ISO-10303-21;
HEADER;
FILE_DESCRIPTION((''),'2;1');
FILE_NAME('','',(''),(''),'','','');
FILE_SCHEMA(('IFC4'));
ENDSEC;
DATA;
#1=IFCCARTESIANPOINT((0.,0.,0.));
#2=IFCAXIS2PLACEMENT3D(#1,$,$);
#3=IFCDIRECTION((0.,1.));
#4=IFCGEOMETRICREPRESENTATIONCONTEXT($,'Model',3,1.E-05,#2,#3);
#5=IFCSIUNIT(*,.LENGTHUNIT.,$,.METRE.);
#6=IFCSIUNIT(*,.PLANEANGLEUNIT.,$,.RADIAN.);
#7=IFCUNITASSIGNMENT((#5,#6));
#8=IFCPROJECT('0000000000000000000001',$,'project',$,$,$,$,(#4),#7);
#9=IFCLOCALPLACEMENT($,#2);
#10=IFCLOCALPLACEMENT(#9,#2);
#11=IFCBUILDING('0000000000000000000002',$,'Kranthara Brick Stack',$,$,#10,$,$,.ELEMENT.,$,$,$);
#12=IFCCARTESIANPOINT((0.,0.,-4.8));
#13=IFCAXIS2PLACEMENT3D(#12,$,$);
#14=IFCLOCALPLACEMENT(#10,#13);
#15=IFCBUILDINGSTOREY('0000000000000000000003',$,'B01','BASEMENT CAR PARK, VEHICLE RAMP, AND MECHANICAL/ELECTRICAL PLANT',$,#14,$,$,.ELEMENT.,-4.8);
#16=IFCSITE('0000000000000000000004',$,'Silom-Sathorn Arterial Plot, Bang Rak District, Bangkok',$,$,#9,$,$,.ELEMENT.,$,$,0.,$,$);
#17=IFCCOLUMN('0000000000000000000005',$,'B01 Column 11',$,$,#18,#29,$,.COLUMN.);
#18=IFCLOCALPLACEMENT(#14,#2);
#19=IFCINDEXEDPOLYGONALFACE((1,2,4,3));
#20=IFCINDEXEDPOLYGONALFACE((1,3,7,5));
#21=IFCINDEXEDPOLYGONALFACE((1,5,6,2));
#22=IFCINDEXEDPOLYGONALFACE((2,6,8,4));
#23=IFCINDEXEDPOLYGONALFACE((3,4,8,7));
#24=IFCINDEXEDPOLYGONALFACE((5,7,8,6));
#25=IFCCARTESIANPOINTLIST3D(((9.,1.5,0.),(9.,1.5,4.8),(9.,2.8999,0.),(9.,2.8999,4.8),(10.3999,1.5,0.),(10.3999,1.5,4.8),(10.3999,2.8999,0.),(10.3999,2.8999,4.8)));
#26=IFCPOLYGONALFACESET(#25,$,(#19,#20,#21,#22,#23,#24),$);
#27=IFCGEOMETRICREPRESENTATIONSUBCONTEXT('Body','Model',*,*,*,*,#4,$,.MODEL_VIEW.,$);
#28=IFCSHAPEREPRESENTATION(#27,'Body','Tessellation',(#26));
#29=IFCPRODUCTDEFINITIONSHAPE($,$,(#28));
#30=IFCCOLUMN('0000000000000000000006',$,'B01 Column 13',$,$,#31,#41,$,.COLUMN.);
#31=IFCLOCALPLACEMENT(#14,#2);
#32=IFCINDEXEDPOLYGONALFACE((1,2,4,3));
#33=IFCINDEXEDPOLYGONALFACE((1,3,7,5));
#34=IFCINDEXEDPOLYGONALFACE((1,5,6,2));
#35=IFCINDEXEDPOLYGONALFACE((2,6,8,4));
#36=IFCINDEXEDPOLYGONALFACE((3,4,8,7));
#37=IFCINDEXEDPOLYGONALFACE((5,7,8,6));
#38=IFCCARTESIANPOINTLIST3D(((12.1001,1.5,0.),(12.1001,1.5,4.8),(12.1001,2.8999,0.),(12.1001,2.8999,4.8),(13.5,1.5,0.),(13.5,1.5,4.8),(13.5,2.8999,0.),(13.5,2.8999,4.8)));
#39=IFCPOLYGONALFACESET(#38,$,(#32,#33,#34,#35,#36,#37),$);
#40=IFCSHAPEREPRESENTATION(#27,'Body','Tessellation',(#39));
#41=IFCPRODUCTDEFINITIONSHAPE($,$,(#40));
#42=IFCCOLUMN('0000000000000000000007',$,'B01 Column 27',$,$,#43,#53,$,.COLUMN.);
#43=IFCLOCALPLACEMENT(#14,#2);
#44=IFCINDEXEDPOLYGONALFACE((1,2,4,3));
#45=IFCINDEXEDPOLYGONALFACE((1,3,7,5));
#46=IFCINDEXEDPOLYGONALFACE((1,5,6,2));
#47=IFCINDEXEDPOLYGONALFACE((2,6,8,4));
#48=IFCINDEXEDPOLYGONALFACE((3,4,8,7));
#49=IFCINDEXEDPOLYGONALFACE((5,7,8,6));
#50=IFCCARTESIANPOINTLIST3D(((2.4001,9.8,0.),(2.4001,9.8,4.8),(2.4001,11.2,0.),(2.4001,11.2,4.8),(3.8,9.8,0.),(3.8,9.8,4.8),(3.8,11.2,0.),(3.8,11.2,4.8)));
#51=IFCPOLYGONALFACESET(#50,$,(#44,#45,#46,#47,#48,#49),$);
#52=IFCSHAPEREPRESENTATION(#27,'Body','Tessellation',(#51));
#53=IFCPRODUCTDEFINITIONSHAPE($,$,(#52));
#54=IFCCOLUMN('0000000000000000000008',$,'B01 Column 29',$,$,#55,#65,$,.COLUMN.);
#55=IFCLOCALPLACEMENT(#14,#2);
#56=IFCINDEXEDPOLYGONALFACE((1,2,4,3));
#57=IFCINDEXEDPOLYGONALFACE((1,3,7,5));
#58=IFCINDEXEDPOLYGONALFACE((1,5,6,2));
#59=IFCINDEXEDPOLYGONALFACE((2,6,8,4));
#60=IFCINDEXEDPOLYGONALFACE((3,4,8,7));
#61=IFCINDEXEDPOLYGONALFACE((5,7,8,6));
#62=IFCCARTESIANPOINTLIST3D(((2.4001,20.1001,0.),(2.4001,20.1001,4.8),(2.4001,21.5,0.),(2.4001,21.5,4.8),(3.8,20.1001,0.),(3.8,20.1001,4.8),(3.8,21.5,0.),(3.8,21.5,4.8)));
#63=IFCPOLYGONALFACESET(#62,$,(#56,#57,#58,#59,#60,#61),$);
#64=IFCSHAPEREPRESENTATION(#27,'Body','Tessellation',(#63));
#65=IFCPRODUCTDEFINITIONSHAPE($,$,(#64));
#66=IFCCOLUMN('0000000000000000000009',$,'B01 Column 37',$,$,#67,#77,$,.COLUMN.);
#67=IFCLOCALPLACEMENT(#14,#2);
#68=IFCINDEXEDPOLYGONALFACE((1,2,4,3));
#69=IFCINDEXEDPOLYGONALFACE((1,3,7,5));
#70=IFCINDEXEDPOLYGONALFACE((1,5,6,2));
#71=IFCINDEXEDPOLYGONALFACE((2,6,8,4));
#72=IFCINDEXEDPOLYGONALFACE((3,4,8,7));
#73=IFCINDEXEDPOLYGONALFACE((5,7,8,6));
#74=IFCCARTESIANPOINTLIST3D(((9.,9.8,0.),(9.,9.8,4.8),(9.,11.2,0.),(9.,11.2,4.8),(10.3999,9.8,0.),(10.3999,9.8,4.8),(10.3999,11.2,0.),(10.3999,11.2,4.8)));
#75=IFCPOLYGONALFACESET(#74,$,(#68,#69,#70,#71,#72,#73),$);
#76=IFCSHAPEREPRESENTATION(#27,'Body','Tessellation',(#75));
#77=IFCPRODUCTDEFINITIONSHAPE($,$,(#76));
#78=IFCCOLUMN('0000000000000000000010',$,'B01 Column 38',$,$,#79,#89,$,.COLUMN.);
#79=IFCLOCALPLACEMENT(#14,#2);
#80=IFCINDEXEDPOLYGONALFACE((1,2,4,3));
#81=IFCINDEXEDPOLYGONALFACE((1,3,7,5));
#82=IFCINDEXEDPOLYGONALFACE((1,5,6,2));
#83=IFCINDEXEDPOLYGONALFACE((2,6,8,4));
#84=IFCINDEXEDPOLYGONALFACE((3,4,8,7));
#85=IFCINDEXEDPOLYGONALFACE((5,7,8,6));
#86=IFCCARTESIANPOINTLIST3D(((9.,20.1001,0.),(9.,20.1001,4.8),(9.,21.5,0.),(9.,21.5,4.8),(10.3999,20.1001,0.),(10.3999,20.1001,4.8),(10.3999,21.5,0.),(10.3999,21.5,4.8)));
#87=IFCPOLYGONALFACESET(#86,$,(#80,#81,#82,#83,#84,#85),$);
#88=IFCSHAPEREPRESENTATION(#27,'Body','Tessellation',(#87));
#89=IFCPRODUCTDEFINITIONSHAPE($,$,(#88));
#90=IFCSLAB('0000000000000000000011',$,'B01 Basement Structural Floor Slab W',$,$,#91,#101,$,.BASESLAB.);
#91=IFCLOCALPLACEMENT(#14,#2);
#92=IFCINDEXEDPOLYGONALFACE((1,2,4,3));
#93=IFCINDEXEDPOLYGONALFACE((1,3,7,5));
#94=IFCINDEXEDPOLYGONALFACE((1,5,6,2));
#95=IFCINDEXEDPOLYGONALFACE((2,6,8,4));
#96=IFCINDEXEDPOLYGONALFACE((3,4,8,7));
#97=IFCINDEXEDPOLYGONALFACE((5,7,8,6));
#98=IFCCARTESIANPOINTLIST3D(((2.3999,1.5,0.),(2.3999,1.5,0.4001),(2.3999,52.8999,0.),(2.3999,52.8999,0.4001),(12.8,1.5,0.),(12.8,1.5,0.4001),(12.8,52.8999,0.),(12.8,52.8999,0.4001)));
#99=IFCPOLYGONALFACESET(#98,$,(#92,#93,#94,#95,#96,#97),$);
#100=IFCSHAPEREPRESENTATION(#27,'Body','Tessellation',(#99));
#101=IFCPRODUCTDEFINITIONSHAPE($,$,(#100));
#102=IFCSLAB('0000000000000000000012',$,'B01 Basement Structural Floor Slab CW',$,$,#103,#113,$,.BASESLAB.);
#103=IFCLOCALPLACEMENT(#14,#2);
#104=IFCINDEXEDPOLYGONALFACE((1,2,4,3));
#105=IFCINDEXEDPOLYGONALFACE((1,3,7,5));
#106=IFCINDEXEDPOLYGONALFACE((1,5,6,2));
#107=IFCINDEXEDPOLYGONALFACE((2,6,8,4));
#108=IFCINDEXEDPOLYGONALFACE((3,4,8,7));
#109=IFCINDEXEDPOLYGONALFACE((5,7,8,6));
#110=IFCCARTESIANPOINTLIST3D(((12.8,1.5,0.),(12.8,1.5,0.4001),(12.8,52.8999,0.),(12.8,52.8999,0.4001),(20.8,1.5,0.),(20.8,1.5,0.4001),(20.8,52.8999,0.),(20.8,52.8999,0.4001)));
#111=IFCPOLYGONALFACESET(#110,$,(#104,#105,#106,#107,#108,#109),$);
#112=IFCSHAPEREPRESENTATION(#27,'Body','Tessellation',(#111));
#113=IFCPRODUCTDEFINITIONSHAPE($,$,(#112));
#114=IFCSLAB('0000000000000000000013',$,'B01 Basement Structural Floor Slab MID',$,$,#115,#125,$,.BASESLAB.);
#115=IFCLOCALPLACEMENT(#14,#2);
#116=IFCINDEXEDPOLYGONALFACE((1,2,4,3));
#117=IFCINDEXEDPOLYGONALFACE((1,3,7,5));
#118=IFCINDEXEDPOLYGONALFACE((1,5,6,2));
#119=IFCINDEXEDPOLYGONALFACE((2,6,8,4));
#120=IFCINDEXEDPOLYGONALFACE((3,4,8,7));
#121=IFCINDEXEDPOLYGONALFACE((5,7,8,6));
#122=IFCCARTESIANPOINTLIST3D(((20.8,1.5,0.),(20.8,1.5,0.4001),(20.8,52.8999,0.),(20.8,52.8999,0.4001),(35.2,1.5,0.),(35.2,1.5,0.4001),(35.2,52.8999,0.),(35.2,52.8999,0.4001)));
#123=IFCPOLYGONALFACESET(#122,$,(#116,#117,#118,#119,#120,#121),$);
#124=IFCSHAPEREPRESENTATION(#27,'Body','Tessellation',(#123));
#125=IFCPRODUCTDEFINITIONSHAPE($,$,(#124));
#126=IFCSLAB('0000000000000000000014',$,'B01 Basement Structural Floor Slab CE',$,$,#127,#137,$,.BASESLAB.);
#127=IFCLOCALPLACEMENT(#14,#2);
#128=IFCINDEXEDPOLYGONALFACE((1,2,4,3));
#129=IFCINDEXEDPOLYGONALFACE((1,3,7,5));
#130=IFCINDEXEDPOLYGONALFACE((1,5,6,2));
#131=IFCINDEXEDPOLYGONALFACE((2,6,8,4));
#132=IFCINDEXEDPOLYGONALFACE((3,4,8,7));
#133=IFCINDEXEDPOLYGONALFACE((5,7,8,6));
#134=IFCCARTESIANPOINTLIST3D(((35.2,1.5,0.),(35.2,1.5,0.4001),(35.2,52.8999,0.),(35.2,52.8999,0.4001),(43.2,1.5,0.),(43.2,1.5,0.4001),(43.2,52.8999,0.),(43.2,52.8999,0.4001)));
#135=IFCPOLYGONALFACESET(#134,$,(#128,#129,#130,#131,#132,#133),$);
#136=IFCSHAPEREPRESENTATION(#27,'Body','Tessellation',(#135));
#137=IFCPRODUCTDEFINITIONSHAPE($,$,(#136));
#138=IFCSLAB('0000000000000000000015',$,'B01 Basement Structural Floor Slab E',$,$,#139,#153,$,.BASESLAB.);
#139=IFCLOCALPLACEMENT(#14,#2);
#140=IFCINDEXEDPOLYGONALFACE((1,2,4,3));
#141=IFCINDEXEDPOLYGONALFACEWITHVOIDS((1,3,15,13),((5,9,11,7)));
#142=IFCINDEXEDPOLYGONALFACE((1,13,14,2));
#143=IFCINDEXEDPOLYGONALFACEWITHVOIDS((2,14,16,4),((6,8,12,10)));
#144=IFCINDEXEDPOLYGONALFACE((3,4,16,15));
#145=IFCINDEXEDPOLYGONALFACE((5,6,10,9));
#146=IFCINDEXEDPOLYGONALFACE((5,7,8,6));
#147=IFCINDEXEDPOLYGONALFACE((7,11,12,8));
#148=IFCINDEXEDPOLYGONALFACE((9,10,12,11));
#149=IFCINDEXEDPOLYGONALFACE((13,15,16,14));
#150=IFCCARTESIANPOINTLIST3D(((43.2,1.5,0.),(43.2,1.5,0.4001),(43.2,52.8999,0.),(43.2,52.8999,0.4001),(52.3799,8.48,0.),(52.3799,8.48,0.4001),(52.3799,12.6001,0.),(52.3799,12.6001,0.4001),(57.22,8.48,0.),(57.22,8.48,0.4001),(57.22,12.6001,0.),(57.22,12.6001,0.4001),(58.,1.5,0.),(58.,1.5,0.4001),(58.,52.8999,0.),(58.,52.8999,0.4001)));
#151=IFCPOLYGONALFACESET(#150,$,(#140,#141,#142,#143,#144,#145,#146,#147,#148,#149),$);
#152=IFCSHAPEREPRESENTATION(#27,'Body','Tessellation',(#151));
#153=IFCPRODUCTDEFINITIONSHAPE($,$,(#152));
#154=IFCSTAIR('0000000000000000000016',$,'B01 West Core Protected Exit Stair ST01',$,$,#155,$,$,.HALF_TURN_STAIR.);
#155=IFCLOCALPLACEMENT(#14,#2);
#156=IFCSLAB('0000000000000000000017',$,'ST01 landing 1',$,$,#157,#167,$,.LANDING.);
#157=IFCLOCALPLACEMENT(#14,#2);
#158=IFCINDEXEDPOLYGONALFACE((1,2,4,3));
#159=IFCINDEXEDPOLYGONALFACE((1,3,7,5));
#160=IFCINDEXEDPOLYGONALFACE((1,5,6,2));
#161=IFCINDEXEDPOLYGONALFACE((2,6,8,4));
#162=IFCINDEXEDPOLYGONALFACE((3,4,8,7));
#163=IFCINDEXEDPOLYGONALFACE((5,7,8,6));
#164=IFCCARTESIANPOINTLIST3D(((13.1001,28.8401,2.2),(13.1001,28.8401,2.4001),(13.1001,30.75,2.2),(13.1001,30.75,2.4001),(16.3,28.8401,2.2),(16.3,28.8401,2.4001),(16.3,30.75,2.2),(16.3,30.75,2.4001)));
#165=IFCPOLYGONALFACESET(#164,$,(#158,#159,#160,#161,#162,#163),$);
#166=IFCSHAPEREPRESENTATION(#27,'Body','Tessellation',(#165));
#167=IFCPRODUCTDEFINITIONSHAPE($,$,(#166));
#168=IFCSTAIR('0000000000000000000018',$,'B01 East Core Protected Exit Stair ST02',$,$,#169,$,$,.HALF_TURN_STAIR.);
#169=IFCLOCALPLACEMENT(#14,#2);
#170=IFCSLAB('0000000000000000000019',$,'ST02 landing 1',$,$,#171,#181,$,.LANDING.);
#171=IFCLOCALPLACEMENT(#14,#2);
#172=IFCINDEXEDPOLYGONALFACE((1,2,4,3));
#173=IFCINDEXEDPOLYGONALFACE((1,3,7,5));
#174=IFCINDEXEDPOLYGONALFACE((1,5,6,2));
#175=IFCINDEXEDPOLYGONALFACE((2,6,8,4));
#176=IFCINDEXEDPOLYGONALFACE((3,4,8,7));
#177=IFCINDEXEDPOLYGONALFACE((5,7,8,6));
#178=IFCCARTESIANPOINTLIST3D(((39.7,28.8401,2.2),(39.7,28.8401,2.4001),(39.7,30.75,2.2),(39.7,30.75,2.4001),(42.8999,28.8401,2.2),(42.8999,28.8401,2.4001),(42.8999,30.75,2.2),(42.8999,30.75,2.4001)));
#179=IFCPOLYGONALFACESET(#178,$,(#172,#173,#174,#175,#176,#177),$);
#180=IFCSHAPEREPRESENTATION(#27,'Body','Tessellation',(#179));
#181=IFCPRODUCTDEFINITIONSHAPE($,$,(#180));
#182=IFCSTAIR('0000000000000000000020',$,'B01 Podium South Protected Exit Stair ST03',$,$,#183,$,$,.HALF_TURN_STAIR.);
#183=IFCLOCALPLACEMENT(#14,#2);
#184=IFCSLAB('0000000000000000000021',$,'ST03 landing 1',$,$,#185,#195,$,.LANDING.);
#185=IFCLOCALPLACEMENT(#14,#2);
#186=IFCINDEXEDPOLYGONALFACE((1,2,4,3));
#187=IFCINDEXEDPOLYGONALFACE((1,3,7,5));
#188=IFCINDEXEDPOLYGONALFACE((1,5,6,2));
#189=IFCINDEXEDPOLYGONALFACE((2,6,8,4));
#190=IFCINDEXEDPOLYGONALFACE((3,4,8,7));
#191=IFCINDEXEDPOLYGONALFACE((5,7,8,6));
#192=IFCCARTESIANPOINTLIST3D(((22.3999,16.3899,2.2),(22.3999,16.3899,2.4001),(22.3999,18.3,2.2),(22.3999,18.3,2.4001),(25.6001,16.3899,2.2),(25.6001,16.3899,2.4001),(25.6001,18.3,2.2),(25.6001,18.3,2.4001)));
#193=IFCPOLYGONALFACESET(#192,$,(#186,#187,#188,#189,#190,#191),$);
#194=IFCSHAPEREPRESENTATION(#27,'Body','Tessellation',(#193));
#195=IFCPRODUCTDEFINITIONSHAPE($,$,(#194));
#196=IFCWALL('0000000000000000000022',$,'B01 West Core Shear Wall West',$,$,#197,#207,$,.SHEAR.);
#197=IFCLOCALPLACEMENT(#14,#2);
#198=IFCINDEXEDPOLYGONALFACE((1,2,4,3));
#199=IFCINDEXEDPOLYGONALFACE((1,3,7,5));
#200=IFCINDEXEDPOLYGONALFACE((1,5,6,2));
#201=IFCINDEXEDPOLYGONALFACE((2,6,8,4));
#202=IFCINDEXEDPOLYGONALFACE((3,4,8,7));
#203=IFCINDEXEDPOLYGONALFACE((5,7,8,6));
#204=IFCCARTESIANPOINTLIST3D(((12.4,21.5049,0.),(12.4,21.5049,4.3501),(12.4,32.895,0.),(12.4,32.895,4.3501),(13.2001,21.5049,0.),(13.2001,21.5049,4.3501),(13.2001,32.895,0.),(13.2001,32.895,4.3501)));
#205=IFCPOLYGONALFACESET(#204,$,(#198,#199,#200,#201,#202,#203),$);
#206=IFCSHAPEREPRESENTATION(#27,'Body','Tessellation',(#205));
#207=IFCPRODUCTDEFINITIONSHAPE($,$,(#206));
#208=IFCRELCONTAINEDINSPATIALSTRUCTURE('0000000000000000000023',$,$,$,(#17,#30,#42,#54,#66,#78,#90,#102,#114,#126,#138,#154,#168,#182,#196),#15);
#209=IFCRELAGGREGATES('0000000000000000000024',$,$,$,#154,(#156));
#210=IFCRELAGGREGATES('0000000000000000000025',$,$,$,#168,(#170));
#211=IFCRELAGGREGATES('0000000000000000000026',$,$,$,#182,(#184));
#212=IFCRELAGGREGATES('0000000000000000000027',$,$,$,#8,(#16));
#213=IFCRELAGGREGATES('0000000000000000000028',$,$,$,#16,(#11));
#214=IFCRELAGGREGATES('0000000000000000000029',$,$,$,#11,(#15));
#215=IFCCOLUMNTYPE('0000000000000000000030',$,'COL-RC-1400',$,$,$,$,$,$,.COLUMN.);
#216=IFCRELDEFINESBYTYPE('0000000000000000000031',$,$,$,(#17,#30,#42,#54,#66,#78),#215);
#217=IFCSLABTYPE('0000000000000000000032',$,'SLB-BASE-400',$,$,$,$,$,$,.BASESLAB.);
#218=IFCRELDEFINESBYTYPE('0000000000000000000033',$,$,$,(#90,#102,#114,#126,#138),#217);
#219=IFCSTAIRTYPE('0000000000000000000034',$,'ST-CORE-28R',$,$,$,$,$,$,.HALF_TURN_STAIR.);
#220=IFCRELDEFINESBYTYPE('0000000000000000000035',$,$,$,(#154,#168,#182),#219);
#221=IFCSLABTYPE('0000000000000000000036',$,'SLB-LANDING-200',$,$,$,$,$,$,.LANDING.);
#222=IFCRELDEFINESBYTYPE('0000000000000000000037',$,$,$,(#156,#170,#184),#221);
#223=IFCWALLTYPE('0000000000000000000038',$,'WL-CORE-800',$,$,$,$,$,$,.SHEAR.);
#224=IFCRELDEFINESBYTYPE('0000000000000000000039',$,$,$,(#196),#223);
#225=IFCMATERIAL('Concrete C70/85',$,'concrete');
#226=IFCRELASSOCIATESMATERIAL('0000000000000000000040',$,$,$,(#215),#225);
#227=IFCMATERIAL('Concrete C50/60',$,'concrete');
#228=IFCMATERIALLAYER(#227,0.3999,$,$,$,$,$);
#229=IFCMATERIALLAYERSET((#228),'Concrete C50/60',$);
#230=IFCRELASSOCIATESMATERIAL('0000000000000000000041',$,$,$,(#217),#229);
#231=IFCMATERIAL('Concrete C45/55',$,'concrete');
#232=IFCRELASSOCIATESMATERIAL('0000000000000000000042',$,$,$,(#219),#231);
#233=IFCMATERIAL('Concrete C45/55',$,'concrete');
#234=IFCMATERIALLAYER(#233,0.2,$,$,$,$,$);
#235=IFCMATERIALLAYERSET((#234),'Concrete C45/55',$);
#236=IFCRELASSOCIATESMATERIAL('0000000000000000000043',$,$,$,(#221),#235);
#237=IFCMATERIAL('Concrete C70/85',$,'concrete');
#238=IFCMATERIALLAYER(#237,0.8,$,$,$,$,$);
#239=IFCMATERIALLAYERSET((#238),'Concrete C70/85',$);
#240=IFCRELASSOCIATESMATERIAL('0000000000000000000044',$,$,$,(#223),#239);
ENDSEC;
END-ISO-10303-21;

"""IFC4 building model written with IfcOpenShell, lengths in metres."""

from ifc_helpers import new_model, si_unit, direction, frame, frame_2d, origin, origin_2d, place, context, subcontext, project, spatial, polyline, rectangle, outline, extrude, material, layer, layer_set, material_profile, profile_set, type_object, element, aggregate, save


model = new_model("IFC4")

# Units and contexts
model_context = context("Model", 3, precision=1e-05, world=origin(), true_north=direction((0.0, 1.0)))
body_context = subcontext(model_context, "Body", "Model", "MODEL_VIEW")
ifc_project = project(units=[si_unit("LENGTHUNIT", "METRE"), si_unit("PLANEANGLEUNIT", "RADIAN")], contexts=[model_context])

# Site, building, storey
site_placement = place(None, origin())
site = spatial("IfcSite", under=ifc_project, at=site_placement, Name="Silom-Sathorn Arterial Plot, Bang Rak District, Bangkok", CompositionType="ELEMENT", RefElevation=0.0)
building_placement = place(site_placement, origin())
building = spatial("IfcBuilding", under=site, at=building_placement, Name="Kranthara Brick Stack", CompositionType="ELEMENT")
storey_placement = place(building_placement, frame((0.0, 0.0, -4.8)))
storey = spatial("IfcBuildingStorey", under=building, at=storey_placement, Name="B01", Description="BASEMENT CAR PARK, VEHICLE RAMP, AND MECHANICAL/ELECTRICAL PLANT", CompositionType="ELEMENT", Elevation=-4.8)

# Columns
ifc_material_1 = material(Name="Concrete C70/85", Category="concrete")
ifc_material_profile_1 = material_profile(ifc_material_1, rectangle(XDim=1.3999, YDim=1.3999, at=origin_2d()), Name="RC 1400x1400")
ifc_profile_set_1 = profile_set([ifc_material_profile_1], Name="Concrete C70/85")
column_type_1 = type_object("IfcColumnType", Name="COL-RC-1400", PredefinedType="COLUMN", material=ifc_profile_set_1)
for number, where, z_axis, x_axis, name in (
    (1, (9.7, 2.2, 0.0), (0.0, 0.0, 1.0), (1.0, 0.0, 0.0), "B01 Column 11"),
    (2, (12.8, 2.2, 0.0), (0.0, 0.0, 1.0), (1.0, 0.0, 0.0), "B01 Column 13"),
    (3, (3.1001, 10.5, 0.0), (0.0, 0.0, 1.0), (1.0, 0.0, 0.0), "B01 Column 27"),
    (4, (3.1001, 20.8, 0.0), (0.0, 0.0, 1.0), (1.0, 0.0, 0.0), "B01 Column 29"),
    (5, (9.7, 10.5, 0.0), (0.0, 0.0, 1.0), (1.0, 0.0, 0.0), "B01 Column 37"),
    (6, (9.7, 20.8, 0.0), (0.0, 0.0, 1.0), (1.0, 0.0, 0.0), "B01 Column 38"),
):
    element("IfcColumn", number, at=place(storey_placement, frame(where, z_axis=z_axis, x_axis=x_axis)), inside=storey, type_object=column_type_1, Name=name, PredefinedType="COLUMN", context=body_context, shape_type="SweptSolid", body=[
        extrude(rectangle(XDim=1.3999, YDim=1.3999, at=origin_2d()), origin(), (0.0, 0.0, 1.0), 4.8),
    ])

# Slabs
ifc_material_2 = material(Name="Concrete C50/60", Category="concrete")
ifc_layer_1 = layer(ifc_material_2, 0.3999)
ifc_layer_set_1 = layer_set([ifc_layer_1], Name="Concrete C50/60")
slab_type_1 = type_object("IfcSlabType", Name="SLB-BASE-400", PredefinedType="BASESLAB", material=ifc_layer_set_1)
slab_1_placement = place(storey_placement, origin())
element("IfcSlab", 7, at=slab_1_placement, inside=storey, type_object=slab_type_1, Name="B01 Basement Structural Floor Slab W", PredefinedType="BASESLAB", context=body_context, shape_type="SweptSolid", body=[
    extrude(outline(polyline([(2.3999, 1.5), (12.8, 1.5), (12.8, 52.8999), (2.3999, 52.8999), (2.3999, 1.5)])), origin(), (0.0, 0.0, 1.0), 0.4001),
])
slab_2_placement = place(storey_placement, origin())
element("IfcSlab", 8, at=slab_2_placement, inside=storey, type_object=slab_type_1, Name="B01 Basement Structural Floor Slab CW", PredefinedType="BASESLAB", context=body_context, shape_type="SweptSolid", body=[
    extrude(outline(polyline([(12.8, 1.5), (20.8, 1.5), (20.8, 52.8999), (12.8, 52.8999), (12.8, 1.5)])), origin(), (0.0, 0.0, 1.0), 0.4001),
])
slab_3_placement = place(storey_placement, origin())
element("IfcSlab", 9, at=slab_3_placement, inside=storey, type_object=slab_type_1, Name="B01 Basement Structural Floor Slab MID", PredefinedType="BASESLAB", context=body_context, shape_type="SweptSolid", body=[
    extrude(outline(polyline([(20.8, 1.5), (35.2, 1.5), (35.2, 52.8999), (20.8, 52.8999), (20.8, 1.5)])), origin(), (0.0, 0.0, 1.0), 0.4001),
])
slab_4_placement = place(storey_placement, origin())
element("IfcSlab", 10, at=slab_4_placement, inside=storey, type_object=slab_type_1, Name="B01 Basement Structural Floor Slab CE", PredefinedType="BASESLAB", context=body_context, shape_type="SweptSolid", body=[
    extrude(outline(polyline([(35.2, 1.5), (43.2, 1.5), (43.2, 52.8999), (35.2, 52.8999), (35.2, 1.5)])), origin(), (0.0, 0.0, 1.0), 0.4001),
])
slab_5_placement = place(storey_placement, origin())
element("IfcSlab", 11, at=slab_5_placement, inside=storey, type_object=slab_type_1, Name="B01 Basement Structural Floor Slab E", PredefinedType="BASESLAB", context=body_context, shape_type="SweptSolid", body=[
    extrude(outline(polyline([(43.2, 1.5), (58.0, 1.5), (58.0, 52.8999), (43.2, 52.8999), (43.2, 1.5)]), holes=[polyline([(52.3799, 8.48), (57.22, 8.48), (57.22, 12.6001), (52.3799, 12.6001), (52.3799, 8.48)])]), origin(), (0.0, 0.0, 1.0), 0.4001),
])

# Stairs, slabs
ifc_material_3 = material(Name="Concrete C45/55", Category="concrete")
stair_type = type_object("IfcStairType", Name="ST-CORE-28R", PredefinedType="HALF_TURN_STAIR", material=ifc_material_3)
stair_1_placement = place(storey_placement, origin())
stair_1 = element("IfcStair", 12, at=stair_1_placement, inside=storey, type_object=stair_type, Name="B01 West Core Protected Exit Stair ST01", PredefinedType="HALF_TURN_STAIR")
ifc_material_4 = material(Name="Concrete C45/55", Category="concrete")
ifc_layer_2 = layer(ifc_material_4, 0.2)
ifc_layer_set_2 = layer_set([ifc_layer_2], Name="Concrete C45/55")
slab_type_2 = type_object("IfcSlabType", Name="SLB-LANDING-200", PredefinedType="LANDING", material=ifc_layer_set_2)
slab_6_placement = place(storey_placement, frame((0.0, 0.0, 2.2)))
slab_6 = element("IfcSlab", 13, at=slab_6_placement, type_object=slab_type_2, Name="ST01 landing 1", PredefinedType="LANDING", context=body_context, shape_type="SweptSolid", body=[
    extrude(outline(polyline([(16.3, 28.8401), (16.3, 30.75), (13.1001, 30.75), (13.1001, 28.8401), (16.3, 28.8401)])), origin(), (0.0, 0.0, 1.0), 0.2002),
])
aggregate(stair_1, [slab_6])
stair_2_placement = place(storey_placement, origin())
stair_2 = element("IfcStair", 14, at=stair_2_placement, inside=storey, type_object=stair_type, Name="B01 East Core Protected Exit Stair ST02", PredefinedType="HALF_TURN_STAIR")
slab_7_placement = place(storey_placement, frame((0.0, 0.0, 2.2)))
slab_7 = element("IfcSlab", 15, at=slab_7_placement, type_object=slab_type_2, Name="ST02 landing 1", PredefinedType="LANDING", context=body_context, shape_type="SweptSolid", body=[
    extrude(outline(polyline([(42.8999, 28.8401), (42.8999, 30.75), (39.7, 30.75), (39.7, 28.8401), (42.8999, 28.8401)])), origin(), (0.0, 0.0, 1.0), 0.2002),
])
aggregate(stair_2, [slab_7])
stair_3_placement = place(storey_placement, origin())
stair_3 = element("IfcStair", 16, at=stair_3_placement, inside=storey, type_object=stair_type, Name="B01 Podium South Protected Exit Stair ST03", PredefinedType="HALF_TURN_STAIR")
slab_8_placement = place(storey_placement, frame((0.0, 0.0, 2.2)))
slab_8 = element("IfcSlab", 17, at=slab_8_placement, type_object=slab_type_2, Name="ST03 landing 1", PredefinedType="LANDING", context=body_context, shape_type="SweptSolid", body=[
    extrude(outline(polyline([(25.6001, 16.3899), (25.6001, 18.3), (22.3999, 18.3), (22.3999, 16.3899), (25.6001, 16.3899)])), origin(), (0.0, 0.0, 1.0), 0.2002),
])
aggregate(stair_3, [slab_8])

# Wall
ifc_material_5 = material(Name="Concrete C70/85", Category="concrete")
ifc_layer_3 = layer(ifc_material_5, 0.8)
ifc_layer_set_3 = layer_set([ifc_layer_3], Name="Concrete C70/85")
wall_type_1 = type_object("IfcWallType", Name="WL-CORE-800", PredefinedType="SHEAR", material=ifc_layer_set_3)
wall_1_placement = place(storey_placement, frame((12.8, 21.5049, 0.0), z_axis=(0.0, 0.0, 1.0), x_axis=(0.0, 1.0, 0.0)))
element("IfcWall", 18, at=wall_1_placement, inside=storey, type_object=wall_type_1, Name="B01 West Core Shear Wall West", PredefinedType="SHEAR", context=body_context, shape_type="SweptSolid", body=[
    extrude(rectangle(XDim=11.3901, YDim=0.8, at=frame_2d((5.6951, 0.0))), origin(), (0.0, 0.0, 1.0), 4.3501),
])

save(model, "model.ifc")
